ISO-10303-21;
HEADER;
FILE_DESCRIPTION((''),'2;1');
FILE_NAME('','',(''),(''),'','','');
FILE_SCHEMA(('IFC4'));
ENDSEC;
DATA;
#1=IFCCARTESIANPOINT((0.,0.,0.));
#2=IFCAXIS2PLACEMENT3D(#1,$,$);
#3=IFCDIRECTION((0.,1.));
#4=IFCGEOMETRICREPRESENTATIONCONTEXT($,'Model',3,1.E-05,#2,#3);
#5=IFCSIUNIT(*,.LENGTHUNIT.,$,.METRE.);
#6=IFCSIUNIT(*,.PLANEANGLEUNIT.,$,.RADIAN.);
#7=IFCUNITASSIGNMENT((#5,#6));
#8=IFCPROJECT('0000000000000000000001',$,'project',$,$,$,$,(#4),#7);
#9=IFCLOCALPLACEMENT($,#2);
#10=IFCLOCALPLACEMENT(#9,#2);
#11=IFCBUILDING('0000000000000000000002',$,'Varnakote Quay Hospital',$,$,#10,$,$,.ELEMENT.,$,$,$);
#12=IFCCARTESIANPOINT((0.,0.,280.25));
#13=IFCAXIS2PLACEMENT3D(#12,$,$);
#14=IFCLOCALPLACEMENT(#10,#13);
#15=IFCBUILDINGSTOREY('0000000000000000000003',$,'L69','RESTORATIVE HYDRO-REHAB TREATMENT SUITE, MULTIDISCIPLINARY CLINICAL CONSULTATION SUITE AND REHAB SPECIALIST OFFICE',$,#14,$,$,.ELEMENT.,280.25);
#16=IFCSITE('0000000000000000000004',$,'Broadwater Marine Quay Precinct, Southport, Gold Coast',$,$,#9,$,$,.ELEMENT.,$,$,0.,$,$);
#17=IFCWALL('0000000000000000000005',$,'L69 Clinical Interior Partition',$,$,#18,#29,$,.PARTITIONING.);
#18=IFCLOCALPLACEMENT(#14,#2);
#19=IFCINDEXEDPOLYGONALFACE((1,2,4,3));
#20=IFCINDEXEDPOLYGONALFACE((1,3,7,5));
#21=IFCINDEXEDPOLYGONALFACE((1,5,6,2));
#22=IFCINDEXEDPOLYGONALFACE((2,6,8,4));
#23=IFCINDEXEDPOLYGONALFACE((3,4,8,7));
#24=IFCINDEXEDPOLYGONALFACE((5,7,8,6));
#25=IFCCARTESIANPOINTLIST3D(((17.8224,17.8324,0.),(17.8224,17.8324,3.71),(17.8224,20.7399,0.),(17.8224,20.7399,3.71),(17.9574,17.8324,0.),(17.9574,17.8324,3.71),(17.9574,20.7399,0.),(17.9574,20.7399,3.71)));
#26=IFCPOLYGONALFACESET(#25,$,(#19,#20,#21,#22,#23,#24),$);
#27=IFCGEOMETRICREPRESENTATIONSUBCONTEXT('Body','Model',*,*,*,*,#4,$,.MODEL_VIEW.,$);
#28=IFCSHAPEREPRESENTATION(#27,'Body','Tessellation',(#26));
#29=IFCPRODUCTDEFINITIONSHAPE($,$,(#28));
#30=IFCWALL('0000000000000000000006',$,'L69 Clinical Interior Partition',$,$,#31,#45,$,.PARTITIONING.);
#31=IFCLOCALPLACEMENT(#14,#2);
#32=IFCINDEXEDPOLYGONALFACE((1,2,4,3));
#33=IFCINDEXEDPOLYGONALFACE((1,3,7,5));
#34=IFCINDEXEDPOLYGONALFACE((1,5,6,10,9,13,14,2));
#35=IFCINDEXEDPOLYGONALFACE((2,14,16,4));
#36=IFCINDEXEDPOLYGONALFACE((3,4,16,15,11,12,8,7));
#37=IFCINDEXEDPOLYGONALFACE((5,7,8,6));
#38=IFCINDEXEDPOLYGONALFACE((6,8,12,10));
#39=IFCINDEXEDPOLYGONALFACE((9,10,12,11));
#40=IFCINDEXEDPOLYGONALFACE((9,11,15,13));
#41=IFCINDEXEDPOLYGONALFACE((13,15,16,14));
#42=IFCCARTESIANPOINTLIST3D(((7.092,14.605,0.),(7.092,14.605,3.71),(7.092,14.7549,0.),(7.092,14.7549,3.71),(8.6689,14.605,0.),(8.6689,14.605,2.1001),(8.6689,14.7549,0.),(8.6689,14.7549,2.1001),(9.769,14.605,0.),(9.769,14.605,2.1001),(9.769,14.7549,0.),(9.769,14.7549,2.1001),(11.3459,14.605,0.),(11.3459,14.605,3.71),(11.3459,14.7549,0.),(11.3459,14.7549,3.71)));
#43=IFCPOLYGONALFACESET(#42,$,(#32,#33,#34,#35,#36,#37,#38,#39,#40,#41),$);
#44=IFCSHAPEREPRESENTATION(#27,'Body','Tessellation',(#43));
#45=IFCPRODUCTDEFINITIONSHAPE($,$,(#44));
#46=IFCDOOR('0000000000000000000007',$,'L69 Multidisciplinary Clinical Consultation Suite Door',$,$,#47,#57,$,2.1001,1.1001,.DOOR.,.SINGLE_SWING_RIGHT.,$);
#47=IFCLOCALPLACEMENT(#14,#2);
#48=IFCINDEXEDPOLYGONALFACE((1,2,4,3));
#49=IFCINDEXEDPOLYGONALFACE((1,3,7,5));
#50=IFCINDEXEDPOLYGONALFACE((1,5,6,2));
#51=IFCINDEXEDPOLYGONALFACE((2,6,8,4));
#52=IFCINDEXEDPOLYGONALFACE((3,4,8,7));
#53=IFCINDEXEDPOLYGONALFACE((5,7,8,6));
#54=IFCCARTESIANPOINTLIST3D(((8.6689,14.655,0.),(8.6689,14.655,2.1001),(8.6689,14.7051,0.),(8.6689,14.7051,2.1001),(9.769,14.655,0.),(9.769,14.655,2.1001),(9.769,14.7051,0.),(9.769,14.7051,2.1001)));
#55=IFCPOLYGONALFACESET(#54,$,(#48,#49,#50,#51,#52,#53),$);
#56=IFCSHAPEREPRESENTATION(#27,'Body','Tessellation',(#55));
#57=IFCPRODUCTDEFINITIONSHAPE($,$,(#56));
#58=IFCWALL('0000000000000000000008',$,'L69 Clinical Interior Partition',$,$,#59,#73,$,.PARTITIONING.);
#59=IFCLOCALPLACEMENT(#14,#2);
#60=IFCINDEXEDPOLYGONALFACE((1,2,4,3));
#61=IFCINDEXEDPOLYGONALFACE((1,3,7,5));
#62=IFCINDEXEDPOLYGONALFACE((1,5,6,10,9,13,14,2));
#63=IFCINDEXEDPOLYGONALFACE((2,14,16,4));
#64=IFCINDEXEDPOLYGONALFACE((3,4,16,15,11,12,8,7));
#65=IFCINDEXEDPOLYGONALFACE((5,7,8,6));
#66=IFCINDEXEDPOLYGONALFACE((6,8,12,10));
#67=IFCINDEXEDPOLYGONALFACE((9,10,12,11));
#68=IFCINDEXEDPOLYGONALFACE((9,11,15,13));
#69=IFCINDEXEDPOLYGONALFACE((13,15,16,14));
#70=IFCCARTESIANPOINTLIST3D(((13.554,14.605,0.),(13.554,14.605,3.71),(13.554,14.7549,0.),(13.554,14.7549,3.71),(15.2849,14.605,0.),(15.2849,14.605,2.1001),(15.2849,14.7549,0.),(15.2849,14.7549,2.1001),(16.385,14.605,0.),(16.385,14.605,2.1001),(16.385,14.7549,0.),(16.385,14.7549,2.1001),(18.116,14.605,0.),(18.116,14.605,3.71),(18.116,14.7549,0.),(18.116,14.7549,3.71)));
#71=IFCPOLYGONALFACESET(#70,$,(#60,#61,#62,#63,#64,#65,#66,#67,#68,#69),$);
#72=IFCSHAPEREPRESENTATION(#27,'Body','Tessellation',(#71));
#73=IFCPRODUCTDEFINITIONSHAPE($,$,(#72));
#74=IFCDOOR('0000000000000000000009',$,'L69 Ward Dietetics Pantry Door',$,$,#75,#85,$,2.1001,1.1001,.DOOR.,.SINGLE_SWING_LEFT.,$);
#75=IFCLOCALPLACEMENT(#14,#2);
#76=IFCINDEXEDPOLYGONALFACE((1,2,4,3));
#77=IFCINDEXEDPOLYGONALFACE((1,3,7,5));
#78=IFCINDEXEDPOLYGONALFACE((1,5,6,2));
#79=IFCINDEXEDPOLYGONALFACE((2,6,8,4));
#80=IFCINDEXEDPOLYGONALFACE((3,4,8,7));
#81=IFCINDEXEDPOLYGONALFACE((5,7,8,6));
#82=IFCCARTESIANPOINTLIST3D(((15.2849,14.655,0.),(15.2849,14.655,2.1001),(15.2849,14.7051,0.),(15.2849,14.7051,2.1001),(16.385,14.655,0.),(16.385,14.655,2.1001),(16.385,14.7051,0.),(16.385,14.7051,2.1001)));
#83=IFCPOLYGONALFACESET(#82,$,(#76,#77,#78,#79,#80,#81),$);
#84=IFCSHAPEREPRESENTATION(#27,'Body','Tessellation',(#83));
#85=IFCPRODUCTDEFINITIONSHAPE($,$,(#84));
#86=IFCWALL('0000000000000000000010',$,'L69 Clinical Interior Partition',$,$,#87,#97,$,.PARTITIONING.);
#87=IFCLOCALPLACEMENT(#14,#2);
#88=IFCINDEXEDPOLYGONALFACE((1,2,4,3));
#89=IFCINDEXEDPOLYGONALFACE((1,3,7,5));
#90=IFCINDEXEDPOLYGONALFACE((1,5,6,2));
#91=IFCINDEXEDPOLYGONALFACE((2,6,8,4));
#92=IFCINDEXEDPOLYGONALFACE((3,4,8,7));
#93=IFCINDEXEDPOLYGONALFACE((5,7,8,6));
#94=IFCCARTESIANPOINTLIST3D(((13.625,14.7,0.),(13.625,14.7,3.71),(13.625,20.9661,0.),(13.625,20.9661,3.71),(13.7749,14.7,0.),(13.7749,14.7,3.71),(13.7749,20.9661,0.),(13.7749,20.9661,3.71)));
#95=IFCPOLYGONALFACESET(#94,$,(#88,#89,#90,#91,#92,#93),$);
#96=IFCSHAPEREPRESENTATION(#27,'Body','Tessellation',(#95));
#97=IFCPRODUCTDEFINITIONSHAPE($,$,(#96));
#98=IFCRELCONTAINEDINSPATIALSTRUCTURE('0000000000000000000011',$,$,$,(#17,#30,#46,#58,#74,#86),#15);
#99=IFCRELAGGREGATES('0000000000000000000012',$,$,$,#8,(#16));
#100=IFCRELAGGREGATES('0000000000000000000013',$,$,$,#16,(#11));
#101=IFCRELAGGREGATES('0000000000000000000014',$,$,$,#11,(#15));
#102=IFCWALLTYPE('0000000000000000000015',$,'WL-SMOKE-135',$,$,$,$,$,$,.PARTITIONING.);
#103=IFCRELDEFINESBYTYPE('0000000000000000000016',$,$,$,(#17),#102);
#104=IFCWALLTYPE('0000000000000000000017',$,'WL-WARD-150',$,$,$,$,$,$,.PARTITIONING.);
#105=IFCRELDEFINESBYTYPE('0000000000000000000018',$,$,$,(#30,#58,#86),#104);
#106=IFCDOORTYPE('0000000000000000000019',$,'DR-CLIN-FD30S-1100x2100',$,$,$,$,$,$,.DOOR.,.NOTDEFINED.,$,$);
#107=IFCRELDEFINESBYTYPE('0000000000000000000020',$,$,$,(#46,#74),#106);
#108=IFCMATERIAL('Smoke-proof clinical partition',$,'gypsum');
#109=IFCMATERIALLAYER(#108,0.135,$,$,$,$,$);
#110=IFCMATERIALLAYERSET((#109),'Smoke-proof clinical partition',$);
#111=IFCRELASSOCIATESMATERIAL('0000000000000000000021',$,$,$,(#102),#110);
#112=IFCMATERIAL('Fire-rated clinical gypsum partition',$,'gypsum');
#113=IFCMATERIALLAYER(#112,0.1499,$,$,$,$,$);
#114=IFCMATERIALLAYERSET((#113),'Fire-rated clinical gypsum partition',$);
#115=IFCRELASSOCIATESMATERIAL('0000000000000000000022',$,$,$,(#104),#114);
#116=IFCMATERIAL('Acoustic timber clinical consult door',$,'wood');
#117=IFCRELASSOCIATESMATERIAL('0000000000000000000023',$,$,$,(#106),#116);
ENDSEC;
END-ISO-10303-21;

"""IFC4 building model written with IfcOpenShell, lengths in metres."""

from ifc_helpers import new_model, si_unit, direction, frame, frame_2d, origin, place, context, subcontext, project, spatial, rectangle, extrude, material, layer, layer_set, type_object, element, fill, save


model = new_model("IFC4")

# Units and contexts
model_context = context("Model", 3, precision=1e-05, world=origin(), true_north=direction((0.0, 1.0)))
body_context = subcontext(model_context, "Body", "Model", "MODEL_VIEW")
ifc_project = project(units=[si_unit("LENGTHUNIT", "METRE"), si_unit("PLANEANGLEUNIT", "RADIAN")], contexts=[model_context])

# Site, building, storey
site_placement = place(None, origin())
site = spatial("IfcSite", under=ifc_project, at=site_placement, Name="Broadwater Marine Quay Precinct, Southport, Gold Coast", CompositionType="ELEMENT", RefElevation=0.0)
building_placement = place(site_placement, origin())
building = spatial("IfcBuilding", under=site, at=building_placement, Name="Varnakote Quay Hospital", CompositionType="ELEMENT")
storey_placement = place(building_placement, frame((0.0, 0.0, 280.25)))
storey = spatial("IfcBuildingStorey", under=building, at=storey_placement, Name="L69", Description="RESTORATIVE HYDRO-REHAB TREATMENT SUITE, MULTIDISCIPLINARY CLINICAL CONSULTATION SUITE AND REHAB SPECIALIST OFFICE", CompositionType="ELEMENT", Elevation=280.25)

# Wall
ifc_material_1 = material(Name="Smoke-proof clinical partition", Category="gypsum")
ifc_layer_1 = layer(ifc_material_1, 0.135)
ifc_layer_set_1 = layer_set([ifc_layer_1], Name="Smoke-proof clinical partition")
wall_type_1 = type_object("IfcWallType", Name="WL-SMOKE-135", PredefinedType="PARTITIONING", material=ifc_layer_set_1)
wall_1_placement = place(storey_placement, frame((17.8899, 17.8325, 0.0), z_axis=(0.0, 0.0, 1.0), x_axis=(0.0, 1.0, 0.0)))
element("IfcWall", 1, at=wall_1_placement, inside=storey, type_object=wall_type_1, Name="L69 Clinical Interior Partition", PredefinedType="PARTITIONING", context=body_context, shape_type="SweptSolid", body=[
    extrude(rectangle(XDim=2.9075, YDim=0.135, at=frame_2d((1.4536, 0.0))), origin(), (0.0, 0.0, 1.0), 3.71),
])

# Walls, openings, doors
ifc_material_2 = material(Name="Fire-rated clinical gypsum partition", Category="gypsum")
ifc_layer_2 = layer(ifc_material_2, 0.1499)
ifc_layer_set_2 = layer_set([ifc_layer_2], Name="Fire-rated clinical gypsum partition")
wall_type_2 = type_object("IfcWallType", Name="WL-WARD-150", PredefinedType="PARTITIONING", material=ifc_layer_set_2)
wall_2_placement = place(storey_placement, frame((11.3459, 14.6799, 0.0), z_axis=(0.0, 0.0, 1.0), x_axis=(-1.0, 0.0, 0.0)))
wall_2 = element("IfcWall", 2, at=wall_2_placement, inside=storey, type_object=wall_type_2, Name="L69 Clinical Interior Partition", PredefinedType="PARTITIONING", context=body_context, shape_type="SweptSolid", body=[
    extrude(rectangle(XDim=4.2539, YDim=0.1499, at=frame_2d((2.127, 0.0))), origin(), (0.0, 0.0, 1.0), 3.71),
])
opening_1_placement = place(wall_2_placement, frame((1.5769, 0.0, 0.0)))
opening_1 = element("IfcOpeningElement", 3, at=opening_1_placement, cuts=wall_2, PredefinedType="OPENING", context=body_context, shape_type="SweptSolid", body=[
    extrude(rectangle(XDim=1.1001, YDim=2.1001, at=frame_2d((0.55, 1.05))), frame((0.0, 0.085, 0.0), z_axis=(0.0, -1.0, 0.0), x_axis=(1.0, 0.0, 0.0)), (0.0, 0.0, 1.0), 0.1699),
])
ifc_material_3 = material(Name="Acoustic timber clinical consult door", Category="wood")
door_type_1 = type_object("IfcDoorType", Name="DR-CLIN-FD30S-1100x2100", OperationType="NOTDEFINED", PredefinedType="DOOR", material=ifc_material_3)
door_1_placement = place(opening_1_placement, origin())
door_1 = element("IfcDoor", 4, at=door_1_placement, inside=storey, type_object=door_type_1, Name="L69 Multidisciplinary Clinical Consultation Suite Door", OperationType="SINGLE_SWING_RIGHT", OverallHeight=2.1001, OverallWidth=1.1001, PredefinedType="DOOR", context=body_context, shape_type="SweptSolid", body=[
    extrude(rectangle(XDim=1.1001, YDim=2.1001, at=frame_2d((0.55, 1.05))), frame((0.0, 0.0249, 0.0), z_axis=(0.0, -1.0, 0.0), x_axis=(1.0, 0.0, 0.0)), (0.0, 0.0, 1.0), 0.05),
])
fill(opening_1, door_1)
wall_3_placement = place(storey_placement, frame((18.116, 14.6799, 0.0), z_axis=(0.0, 0.0, 1.0), x_axis=(-1.0, 0.0, 0.0)))
wall_3 = element("IfcWall", 5, at=wall_3_placement, inside=storey, type_object=wall_type_2, Name="L69 Clinical Interior Partition", PredefinedType="PARTITIONING", context=body_context, shape_type="SweptSolid", body=[
    extrude(rectangle(XDim=4.562, YDim=0.1499, at=frame_2d((2.281, 0.0))), origin(), (0.0, 0.0, 1.0), 3.71),
])
opening_2_placement = place(wall_3_placement, frame((1.731, 0.0, 0.0)))
opening_2 = element("IfcOpeningElement", 6, at=opening_2_placement, cuts=wall_3, PredefinedType="OPENING", context=body_context, shape_type="SweptSolid", body=[
    extrude(rectangle(XDim=1.1001, YDim=2.1001, at=frame_2d((0.55, 1.05))), frame((0.0, 0.085, 0.0), z_axis=(0.0, -1.0, 0.0), x_axis=(1.0, 0.0, 0.0)), (0.0, 0.0, 1.0), 0.1699),
])
door_2_placement = place(opening_2_placement, origin())
door_2 = element("IfcDoor", 7, at=door_2_placement, inside=storey, type_object=door_type_1, Name="L69 Ward Dietetics Pantry Door", OperationType="SINGLE_SWING_LEFT", OverallHeight=2.1001, OverallWidth=1.1001, PredefinedType="DOOR", context=body_context, shape_type="SweptSolid", body=[
    extrude(rectangle(XDim=1.1001, YDim=2.1001, at=frame_2d((0.55, 1.05))), frame((0.0, 0.0249, 0.0), z_axis=(0.0, -1.0, 0.0), x_axis=(1.0, 0.0, 0.0)), (0.0, 0.0, 1.0), 0.05),
])
fill(opening_2, door_2)

# Wall
wall_4_placement = place(storey_placement, frame((13.7, 14.7, 0.0), z_axis=(0.0, 0.0, 1.0), x_axis=(0.0, 1.0, 0.0)))
element("IfcWall", 8, at=wall_4_placement, inside=storey, type_object=wall_type_2, Name="L69 Clinical Interior Partition", PredefinedType="PARTITIONING", context=body_context, shape_type="SweptSolid", body=[
    extrude(rectangle(XDim=6.2661, YDim=0.1499, at=frame_2d((3.1331, 0.0))), origin(), (0.0, 0.0, 1.0), 3.71),
])

save(model, "model.ifc")
